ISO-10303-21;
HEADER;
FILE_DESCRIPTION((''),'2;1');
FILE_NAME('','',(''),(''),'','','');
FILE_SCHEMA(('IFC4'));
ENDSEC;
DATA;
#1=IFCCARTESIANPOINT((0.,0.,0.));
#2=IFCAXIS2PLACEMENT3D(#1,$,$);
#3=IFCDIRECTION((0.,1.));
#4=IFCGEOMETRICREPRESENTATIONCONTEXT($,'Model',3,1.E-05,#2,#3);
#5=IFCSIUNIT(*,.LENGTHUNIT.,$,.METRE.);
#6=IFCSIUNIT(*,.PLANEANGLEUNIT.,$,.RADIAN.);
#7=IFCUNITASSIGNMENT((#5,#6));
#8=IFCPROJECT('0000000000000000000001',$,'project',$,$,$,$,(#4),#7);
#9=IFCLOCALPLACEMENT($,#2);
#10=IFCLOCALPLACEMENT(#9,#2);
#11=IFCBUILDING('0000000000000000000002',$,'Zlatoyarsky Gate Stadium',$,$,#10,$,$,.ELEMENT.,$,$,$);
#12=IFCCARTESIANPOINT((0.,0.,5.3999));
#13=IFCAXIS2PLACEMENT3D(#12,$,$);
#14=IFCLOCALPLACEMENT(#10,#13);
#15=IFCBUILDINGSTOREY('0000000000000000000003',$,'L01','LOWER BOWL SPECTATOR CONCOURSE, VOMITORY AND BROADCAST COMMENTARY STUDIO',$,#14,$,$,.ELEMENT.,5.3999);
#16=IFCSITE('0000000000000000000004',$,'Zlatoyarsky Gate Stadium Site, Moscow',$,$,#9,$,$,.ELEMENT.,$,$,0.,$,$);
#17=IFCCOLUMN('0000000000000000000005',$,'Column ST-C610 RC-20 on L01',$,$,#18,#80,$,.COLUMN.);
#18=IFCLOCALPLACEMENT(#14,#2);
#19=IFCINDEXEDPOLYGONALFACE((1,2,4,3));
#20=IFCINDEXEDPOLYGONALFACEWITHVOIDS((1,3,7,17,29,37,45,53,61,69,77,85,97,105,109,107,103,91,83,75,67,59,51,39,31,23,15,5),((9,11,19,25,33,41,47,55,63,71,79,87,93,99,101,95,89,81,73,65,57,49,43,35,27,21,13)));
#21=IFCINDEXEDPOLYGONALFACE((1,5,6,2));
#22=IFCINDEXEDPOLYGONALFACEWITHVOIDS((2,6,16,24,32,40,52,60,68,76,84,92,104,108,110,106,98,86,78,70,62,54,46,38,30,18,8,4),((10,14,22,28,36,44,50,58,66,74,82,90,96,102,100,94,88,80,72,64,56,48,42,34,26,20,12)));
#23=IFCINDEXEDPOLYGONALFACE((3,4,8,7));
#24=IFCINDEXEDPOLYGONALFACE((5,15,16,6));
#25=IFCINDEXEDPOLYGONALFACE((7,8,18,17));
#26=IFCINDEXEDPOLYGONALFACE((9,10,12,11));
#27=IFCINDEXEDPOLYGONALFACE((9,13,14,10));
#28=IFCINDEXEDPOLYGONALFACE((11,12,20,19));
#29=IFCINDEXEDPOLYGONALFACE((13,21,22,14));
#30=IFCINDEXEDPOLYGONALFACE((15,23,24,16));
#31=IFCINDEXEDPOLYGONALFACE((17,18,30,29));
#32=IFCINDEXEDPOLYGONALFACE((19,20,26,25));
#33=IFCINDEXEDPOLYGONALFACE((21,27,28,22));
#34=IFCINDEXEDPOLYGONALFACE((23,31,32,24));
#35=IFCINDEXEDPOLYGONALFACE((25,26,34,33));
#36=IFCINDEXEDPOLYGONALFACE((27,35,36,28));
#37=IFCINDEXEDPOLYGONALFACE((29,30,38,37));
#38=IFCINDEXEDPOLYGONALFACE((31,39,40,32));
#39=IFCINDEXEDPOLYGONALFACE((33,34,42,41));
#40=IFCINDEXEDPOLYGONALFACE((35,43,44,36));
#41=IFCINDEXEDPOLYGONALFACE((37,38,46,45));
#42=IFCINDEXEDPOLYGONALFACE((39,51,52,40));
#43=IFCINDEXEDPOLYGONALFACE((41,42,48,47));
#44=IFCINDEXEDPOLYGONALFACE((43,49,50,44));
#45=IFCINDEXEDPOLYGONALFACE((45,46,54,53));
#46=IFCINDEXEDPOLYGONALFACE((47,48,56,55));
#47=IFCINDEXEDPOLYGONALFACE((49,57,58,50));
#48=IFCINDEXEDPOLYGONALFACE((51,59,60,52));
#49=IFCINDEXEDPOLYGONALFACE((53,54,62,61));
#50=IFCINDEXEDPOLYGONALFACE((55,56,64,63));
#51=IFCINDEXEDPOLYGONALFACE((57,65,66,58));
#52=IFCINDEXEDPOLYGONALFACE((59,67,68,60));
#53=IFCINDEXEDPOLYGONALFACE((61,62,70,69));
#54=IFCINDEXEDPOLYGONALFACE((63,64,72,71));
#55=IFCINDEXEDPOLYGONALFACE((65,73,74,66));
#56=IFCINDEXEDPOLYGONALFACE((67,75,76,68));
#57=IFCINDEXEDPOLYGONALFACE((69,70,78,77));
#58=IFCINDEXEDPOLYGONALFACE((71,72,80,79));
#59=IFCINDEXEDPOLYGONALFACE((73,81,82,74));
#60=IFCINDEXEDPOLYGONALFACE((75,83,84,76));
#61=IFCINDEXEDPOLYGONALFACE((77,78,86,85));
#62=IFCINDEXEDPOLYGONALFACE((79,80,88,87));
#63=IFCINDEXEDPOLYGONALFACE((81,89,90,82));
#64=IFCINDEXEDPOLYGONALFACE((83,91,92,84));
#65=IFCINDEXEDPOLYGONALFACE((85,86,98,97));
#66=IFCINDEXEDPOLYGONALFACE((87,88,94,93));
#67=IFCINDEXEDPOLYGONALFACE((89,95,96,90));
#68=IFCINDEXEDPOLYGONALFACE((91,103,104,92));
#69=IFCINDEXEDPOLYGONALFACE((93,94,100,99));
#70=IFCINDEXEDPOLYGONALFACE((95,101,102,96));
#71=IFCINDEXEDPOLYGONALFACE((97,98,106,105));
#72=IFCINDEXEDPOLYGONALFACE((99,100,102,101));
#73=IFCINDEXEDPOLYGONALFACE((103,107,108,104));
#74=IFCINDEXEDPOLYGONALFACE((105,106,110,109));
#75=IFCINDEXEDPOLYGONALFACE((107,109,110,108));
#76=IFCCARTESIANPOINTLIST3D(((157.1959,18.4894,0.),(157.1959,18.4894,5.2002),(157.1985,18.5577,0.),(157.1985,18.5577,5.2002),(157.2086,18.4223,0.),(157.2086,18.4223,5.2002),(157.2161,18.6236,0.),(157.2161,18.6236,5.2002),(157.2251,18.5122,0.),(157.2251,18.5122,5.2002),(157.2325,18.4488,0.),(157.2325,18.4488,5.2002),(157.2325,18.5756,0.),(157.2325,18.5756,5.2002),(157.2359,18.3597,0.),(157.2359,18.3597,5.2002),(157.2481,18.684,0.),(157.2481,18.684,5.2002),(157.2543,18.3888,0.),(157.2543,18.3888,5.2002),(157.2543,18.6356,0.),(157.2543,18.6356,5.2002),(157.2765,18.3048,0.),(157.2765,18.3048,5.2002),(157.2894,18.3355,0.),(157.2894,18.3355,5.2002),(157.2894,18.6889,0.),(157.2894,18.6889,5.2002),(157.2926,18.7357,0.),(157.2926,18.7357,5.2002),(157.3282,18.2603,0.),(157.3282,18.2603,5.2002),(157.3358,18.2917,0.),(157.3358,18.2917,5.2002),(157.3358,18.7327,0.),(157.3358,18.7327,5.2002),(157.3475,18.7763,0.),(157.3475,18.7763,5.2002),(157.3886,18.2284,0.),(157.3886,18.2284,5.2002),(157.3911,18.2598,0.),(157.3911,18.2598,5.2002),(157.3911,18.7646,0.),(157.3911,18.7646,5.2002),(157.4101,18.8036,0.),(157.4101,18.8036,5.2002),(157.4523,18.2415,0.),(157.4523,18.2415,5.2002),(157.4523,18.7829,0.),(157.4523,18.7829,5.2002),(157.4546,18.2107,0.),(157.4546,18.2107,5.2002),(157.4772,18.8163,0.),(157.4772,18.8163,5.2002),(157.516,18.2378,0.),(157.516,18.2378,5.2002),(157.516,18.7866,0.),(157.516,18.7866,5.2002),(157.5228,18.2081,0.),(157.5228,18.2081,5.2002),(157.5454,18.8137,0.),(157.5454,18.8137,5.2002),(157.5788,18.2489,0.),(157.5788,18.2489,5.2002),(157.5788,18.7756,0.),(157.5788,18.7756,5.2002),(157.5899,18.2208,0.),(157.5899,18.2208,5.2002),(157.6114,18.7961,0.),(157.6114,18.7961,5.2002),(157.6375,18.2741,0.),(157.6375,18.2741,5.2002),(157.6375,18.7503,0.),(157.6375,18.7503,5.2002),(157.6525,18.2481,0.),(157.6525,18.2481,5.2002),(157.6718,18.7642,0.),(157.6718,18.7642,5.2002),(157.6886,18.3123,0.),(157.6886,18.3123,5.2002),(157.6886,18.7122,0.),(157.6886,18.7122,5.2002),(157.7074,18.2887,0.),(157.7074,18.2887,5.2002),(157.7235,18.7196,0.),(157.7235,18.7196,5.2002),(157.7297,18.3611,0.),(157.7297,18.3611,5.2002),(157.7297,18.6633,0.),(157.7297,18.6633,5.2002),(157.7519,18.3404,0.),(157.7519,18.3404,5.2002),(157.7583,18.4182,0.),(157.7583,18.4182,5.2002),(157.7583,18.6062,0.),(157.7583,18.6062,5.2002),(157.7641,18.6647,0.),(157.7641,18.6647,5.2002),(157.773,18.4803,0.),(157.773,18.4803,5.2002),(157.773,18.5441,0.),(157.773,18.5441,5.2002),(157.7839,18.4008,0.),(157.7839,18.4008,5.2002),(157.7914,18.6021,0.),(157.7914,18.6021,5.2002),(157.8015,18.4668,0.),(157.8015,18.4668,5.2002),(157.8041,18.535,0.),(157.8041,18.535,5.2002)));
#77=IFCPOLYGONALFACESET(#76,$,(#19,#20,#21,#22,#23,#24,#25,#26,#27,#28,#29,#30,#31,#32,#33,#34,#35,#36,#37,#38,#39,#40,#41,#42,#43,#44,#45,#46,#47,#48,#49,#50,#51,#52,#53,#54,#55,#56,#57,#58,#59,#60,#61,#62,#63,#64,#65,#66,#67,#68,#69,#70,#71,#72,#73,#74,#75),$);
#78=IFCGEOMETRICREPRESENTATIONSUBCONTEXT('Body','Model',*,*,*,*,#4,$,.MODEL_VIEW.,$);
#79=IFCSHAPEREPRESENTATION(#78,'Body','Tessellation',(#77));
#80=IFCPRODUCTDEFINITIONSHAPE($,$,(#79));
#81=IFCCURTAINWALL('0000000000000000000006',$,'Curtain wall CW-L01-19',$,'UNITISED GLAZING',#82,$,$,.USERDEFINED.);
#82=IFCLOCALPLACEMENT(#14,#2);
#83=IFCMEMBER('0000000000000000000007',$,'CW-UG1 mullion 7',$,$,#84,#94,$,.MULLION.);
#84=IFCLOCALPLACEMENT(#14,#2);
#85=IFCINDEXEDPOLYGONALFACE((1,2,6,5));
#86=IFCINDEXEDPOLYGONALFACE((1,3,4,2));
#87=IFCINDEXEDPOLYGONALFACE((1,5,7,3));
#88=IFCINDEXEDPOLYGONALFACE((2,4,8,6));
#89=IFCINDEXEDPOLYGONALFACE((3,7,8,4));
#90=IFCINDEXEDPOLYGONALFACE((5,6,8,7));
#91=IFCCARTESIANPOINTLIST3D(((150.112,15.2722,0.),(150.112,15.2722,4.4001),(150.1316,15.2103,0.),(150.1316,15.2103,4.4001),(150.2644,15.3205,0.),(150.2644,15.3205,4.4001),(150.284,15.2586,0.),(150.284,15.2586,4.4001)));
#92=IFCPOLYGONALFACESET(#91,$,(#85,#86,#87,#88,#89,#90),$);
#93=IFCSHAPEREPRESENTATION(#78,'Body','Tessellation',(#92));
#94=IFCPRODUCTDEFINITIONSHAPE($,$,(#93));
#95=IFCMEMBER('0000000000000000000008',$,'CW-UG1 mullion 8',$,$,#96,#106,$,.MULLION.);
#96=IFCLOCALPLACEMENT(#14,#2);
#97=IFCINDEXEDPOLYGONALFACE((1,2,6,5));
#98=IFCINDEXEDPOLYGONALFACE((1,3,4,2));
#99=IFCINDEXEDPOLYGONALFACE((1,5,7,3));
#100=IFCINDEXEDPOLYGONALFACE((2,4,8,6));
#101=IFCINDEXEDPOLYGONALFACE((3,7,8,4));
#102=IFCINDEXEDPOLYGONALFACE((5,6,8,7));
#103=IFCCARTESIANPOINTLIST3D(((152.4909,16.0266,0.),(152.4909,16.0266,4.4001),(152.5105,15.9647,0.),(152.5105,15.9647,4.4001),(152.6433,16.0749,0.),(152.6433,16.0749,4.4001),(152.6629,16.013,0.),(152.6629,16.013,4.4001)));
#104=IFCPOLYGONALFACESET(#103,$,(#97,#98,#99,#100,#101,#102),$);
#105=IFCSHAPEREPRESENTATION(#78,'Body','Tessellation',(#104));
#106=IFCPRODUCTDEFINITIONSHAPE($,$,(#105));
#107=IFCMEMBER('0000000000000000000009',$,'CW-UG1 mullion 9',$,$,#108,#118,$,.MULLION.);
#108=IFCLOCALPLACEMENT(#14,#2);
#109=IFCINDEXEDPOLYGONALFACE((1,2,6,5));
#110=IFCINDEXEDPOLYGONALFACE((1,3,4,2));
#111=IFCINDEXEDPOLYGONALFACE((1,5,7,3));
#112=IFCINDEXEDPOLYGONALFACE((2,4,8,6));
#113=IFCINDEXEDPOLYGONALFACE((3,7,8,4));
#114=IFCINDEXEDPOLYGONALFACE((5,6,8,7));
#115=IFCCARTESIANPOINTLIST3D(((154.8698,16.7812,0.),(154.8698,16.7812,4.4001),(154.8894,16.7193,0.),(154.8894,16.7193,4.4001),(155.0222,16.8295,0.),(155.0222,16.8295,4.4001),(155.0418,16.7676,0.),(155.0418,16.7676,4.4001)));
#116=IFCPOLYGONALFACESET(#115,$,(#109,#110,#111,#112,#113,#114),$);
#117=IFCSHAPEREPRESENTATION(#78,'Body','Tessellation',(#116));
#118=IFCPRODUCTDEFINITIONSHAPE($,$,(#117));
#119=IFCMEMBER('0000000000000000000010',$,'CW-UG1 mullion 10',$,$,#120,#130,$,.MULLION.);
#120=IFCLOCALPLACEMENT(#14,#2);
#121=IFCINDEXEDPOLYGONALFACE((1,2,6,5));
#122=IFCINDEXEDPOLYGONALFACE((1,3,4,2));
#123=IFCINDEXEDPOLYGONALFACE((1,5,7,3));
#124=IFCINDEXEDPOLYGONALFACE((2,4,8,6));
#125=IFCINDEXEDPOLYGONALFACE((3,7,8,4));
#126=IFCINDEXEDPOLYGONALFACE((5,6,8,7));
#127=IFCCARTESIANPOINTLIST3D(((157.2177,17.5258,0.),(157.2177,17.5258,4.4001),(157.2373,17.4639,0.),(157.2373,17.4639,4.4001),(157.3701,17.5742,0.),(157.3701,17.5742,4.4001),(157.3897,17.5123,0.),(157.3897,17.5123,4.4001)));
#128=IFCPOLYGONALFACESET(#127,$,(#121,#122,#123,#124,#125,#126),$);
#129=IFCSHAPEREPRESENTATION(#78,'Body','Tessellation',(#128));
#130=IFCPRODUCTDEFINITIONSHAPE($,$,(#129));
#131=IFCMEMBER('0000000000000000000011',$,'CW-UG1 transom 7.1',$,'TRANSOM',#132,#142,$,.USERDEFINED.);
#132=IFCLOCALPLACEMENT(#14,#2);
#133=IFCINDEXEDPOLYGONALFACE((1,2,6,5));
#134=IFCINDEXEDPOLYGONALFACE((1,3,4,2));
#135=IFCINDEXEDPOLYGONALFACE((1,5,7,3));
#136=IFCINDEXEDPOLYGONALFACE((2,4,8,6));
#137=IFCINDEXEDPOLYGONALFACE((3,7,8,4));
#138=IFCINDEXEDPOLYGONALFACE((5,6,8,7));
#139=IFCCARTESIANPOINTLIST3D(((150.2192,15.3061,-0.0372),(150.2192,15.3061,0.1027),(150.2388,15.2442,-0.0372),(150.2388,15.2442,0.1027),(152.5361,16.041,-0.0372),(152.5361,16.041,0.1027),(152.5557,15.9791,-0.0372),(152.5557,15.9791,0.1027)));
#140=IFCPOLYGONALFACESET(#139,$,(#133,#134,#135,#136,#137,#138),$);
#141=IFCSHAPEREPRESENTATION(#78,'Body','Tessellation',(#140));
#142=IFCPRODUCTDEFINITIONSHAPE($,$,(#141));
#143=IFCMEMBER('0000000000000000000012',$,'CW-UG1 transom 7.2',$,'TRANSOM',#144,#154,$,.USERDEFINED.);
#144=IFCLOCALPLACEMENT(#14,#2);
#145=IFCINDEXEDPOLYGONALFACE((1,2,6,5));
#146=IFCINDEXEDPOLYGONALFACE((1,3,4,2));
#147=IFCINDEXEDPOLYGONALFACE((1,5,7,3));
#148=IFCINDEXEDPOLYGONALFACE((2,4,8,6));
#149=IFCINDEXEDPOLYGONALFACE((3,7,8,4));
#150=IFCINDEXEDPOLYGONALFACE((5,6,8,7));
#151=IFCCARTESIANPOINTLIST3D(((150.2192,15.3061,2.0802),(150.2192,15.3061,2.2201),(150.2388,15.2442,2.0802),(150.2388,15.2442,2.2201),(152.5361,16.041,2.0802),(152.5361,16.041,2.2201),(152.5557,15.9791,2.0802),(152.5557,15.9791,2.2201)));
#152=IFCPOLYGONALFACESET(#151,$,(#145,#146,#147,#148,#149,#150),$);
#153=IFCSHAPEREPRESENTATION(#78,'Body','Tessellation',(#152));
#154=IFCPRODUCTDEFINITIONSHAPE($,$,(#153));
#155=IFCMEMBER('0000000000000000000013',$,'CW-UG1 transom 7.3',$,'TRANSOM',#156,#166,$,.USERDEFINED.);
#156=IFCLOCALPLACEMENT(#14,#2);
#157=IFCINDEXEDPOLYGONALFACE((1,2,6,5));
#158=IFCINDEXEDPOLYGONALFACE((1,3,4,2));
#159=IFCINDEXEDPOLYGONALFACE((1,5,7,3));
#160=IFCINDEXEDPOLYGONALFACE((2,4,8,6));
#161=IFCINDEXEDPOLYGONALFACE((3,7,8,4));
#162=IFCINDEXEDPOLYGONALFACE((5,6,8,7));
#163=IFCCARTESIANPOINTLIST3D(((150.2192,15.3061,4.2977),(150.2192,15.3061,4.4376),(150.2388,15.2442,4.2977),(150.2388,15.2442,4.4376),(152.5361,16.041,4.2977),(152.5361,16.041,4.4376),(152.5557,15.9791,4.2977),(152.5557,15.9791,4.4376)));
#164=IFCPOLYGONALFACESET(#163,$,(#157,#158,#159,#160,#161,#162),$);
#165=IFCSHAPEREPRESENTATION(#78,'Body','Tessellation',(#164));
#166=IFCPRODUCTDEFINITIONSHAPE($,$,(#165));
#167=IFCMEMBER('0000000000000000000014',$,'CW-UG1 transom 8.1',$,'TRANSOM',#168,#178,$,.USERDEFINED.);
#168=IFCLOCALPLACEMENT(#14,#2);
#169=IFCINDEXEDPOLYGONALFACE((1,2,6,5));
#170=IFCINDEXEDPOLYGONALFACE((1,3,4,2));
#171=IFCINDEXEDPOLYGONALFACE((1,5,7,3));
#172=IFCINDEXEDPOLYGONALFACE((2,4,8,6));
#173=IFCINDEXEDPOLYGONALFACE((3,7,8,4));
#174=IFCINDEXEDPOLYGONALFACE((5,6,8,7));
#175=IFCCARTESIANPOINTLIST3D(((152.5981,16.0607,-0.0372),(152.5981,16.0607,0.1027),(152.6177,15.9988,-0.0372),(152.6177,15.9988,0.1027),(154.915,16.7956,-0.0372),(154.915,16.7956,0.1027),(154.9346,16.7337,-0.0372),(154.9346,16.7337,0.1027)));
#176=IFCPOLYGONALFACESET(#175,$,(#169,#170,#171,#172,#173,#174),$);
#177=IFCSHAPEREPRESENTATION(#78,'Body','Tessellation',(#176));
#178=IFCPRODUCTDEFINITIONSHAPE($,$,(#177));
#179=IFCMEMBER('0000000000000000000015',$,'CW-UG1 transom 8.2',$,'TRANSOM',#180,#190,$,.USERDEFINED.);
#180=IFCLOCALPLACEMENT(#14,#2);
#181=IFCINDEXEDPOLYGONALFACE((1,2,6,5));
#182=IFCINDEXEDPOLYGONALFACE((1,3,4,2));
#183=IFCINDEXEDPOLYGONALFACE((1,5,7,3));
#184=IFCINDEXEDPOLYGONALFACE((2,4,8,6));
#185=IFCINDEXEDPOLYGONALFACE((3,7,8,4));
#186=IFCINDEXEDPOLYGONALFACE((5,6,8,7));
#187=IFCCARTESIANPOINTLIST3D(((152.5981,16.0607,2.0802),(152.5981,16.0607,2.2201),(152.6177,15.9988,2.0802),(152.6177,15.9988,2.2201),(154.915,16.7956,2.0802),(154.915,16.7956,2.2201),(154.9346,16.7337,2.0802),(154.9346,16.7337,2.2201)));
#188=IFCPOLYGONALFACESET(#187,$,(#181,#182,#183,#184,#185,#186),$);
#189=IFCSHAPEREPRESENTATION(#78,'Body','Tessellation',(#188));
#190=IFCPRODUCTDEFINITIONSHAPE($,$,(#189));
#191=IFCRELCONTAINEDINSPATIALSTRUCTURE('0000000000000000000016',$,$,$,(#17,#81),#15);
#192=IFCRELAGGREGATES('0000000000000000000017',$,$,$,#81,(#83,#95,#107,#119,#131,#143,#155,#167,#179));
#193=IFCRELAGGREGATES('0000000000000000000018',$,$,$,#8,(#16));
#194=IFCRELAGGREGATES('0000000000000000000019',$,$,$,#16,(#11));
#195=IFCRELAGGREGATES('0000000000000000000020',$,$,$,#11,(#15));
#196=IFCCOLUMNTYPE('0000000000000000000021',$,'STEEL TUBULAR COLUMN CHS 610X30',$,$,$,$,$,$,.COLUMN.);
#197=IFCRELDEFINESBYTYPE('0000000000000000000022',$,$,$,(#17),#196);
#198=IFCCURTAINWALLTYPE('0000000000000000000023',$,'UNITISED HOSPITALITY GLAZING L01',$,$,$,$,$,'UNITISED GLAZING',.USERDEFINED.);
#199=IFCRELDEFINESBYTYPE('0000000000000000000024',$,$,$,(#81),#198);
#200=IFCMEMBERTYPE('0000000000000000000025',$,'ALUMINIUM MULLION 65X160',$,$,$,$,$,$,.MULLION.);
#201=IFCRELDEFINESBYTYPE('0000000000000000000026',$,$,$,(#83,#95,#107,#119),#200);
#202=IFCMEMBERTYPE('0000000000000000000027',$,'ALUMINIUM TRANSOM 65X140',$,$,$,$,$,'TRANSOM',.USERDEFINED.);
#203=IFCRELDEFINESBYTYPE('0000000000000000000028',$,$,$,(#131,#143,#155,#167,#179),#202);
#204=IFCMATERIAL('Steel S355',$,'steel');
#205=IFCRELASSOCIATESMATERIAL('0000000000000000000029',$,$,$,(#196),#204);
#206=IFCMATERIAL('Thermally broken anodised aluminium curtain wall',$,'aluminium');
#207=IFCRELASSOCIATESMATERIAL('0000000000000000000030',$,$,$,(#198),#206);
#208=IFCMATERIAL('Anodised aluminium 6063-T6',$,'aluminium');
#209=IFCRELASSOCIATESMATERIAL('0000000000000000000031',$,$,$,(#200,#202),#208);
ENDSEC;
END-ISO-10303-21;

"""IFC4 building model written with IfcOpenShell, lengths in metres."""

from ifc_helpers import new_model, si_unit, direction, frame, origin, origin_2d, place, context, subcontext, project, spatial, rectangle, hollow_circle, extrude, material, material_profile, profile_set, type_object, element, aggregate, save


model = new_model("IFC4")

# Units and contexts
model_context = context("Model", 3, precision=1e-05, world=origin(), true_north=direction((0.0, 1.0)))
body_context = subcontext(model_context, "Body", "Model", "MODEL_VIEW")
ifc_project = project(units=[si_unit("LENGTHUNIT", "METRE"), si_unit("PLANEANGLEUNIT", "RADIAN")], contexts=[model_context])

# Site, building, storey
site_placement = place(None, origin())
site = spatial("IfcSite", under=ifc_project, at=site_placement, Name="Zlatoyarsky Gate Stadium Site, Moscow", CompositionType="ELEMENT", RefElevation=0.0)
building_placement = place(site_placement, origin())
building = spatial("IfcBuilding", under=site, at=building_placement, Name="Zlatoyarsky Gate Stadium", CompositionType="ELEMENT")
storey_placement = place(building_placement, frame((0.0, 0.0, 5.3999)))
storey = spatial("IfcBuildingStorey", under=building, at=storey_placement, Name="L01", Description="LOWER BOWL SPECTATOR CONCOURSE, VOMITORY AND BROADCAST COMMENTARY STUDIO", CompositionType="ELEMENT", Elevation=5.3999)

# Column
ifc_material_1 = material(Name="Steel S355", Category="steel")
ifc_material_profile_1 = material_profile(ifc_material_1, hollow_circle(Radius=0.3049, WallThickness=0.03, at=origin_2d()), Name="CHS 610X30")
ifc_profile_set_1 = profile_set([ifc_material_profile_1], Name="Steel S355")
column_type = type_object("IfcColumnType", Name="STEEL TUBULAR COLUMN CHS 610X30", PredefinedType="COLUMN", material=ifc_profile_set_1)
column_placement = place(storey_placement, frame((157.5, 18.5122, 0.0), z_axis=(0.0, 0.0, 1.0), x_axis=(0.5, -0.866025, 0.0)))
element("IfcColumn", 1, at=column_placement, inside=storey, type_object=column_type, Name="Column ST-C610 RC-20 on L01", PredefinedType="COLUMN", context=body_context, shape_type="SweptSolid", body=[
    extrude(hollow_circle(Radius=0.3049, WallThickness=0.03, at=origin_2d()), origin(), (0.0, 0.0, 1.0), 5.2002),
])

# Curtain wall, members
ifc_material_2 = material(Name="Thermally broken anodised aluminium curtain wall", Category="aluminium")
curtain_wall_type = type_object("IfcCurtainWallType", Name="UNITISED HOSPITALITY GLAZING L01", ElementType="UNITISED GLAZING", PredefinedType="USERDEFINED", material=ifc_material_2)
curtain_wall_placement = place(storey_placement, origin())
curtain_wall = element("IfcCurtainWall", 2, at=curtain_wall_placement, inside=storey, type_object=curtain_wall_type, Name="Curtain wall CW-L01-19", ObjectType="UNITISED GLAZING", PredefinedType="USERDEFINED")
ifc_material_3 = material(Name="Anodised aluminium 6063-T6", Category="aluminium")
ifc_material_profile_2 = material_profile(ifc_material_3, rectangle(XDim=0.0649, YDim=0.1599, at=origin_2d()), Name="ALU 65X160")
ifc_profile_set_2 = profile_set([ifc_material_profile_2], Name="Anodised aluminium 6063-T6")
member_type_1 = type_object("IfcMemberType", Name="ALUMINIUM MULLION 65X160", PredefinedType="MULLION", material=ifc_profile_set_2)
member_1_placement = place(storey_placement, frame((150.198, 15.2654, 0.0), z_axis=(0.0, 0.0, 1.0), x_axis=(-0.302334, 0.953202, 0.0)))
member_1 = element("IfcMember", 3, at=member_1_placement, type_object=member_type_1, Name="CW-UG1 mullion 7", PredefinedType="MULLION", context=body_context, shape_type="SweptSolid", body=[
    extrude(rectangle(XDim=0.0649, YDim=0.1599, at=origin_2d()), origin(), (0.0, 0.0, 1.0), 4.4001),
])
member_2_placement = place(storey_placement, frame((152.5769, 16.0198, 0.0), z_axis=(0.0, 0.0, 1.0), x_axis=(-0.302334, 0.953202, 0.0)))
member_2 = element("IfcMember", 4, at=member_2_placement, type_object=member_type_1, Name="CW-UG1 mullion 8", PredefinedType="MULLION", context=body_context, shape_type="SweptSolid", body=[
    extrude(rectangle(XDim=0.0649, YDim=0.1599, at=origin_2d()), origin(), (0.0, 0.0, 1.0), 4.4001),
])
member_3_placement = place(storey_placement, frame((154.9558, 16.7744, 0.0), z_axis=(0.0, 0.0, 1.0), x_axis=(-0.302334, 0.953202, 0.0)))
member_3 = element("IfcMember", 5, at=member_3_placement, type_object=member_type_1, Name="CW-UG1 mullion 9", PredefinedType="MULLION", context=body_context, shape_type="SweptSolid", body=[
    extrude(rectangle(XDim=0.0649, YDim=0.1599, at=origin_2d()), origin(), (0.0, 0.0, 1.0), 4.4001),
])
member_4_placement = place(storey_placement, frame((157.3037, 17.519, 0.0), z_axis=(0.0, 0.0, 1.0), x_axis=(-0.302334, 0.953202, 0.0)))
member_4 = element("IfcMember", 6, at=member_4_placement, type_object=member_type_1, Name="CW-UG1 mullion 10", PredefinedType="MULLION", context=body_context, shape_type="SweptSolid", body=[
    extrude(rectangle(XDim=0.0649, YDim=0.1599, at=origin_2d()), origin(), (0.0, 0.0, 1.0), 4.4001),
])
ifc_material_profile_3 = material_profile(ifc_material_3, rectangle(XDim=0.0649, YDim=0.1399, at=origin_2d()), Name="ALU 65X140")
ifc_profile_set_3 = profile_set([ifc_material_profile_3], Name="Anodised aluminium 6063-T6")
member_type_2 = type_object("IfcMemberType", Name="ALUMINIUM TRANSOM 65X140", ElementType="TRANSOM", PredefinedType="USERDEFINED", material=ifc_profile_set_3)
member_5_placement = place(storey_placement, frame((150.229, 15.2751, 0.0327), z_axis=(0.953202, 0.302333, 0.0), x_axis=(-0.302333, 0.953202, 0.0)))
member_5 = element("IfcMember", 7, at=member_5_placement, type_object=member_type_2, Name="CW-UG1 transom 7.1", ObjectType="TRANSOM", PredefinedType="USERDEFINED", context=body_context, shape_type="SweptSolid", body=[
    extrude(rectangle(XDim=0.0649, YDim=0.1399, at=origin_2d()), origin(), (0.0, 0.0, 1.0), 2.4307),
])
member_6_placement = place(storey_placement, frame((150.229, 15.2751, 2.1501), z_axis=(0.953202, 0.302333, 0.0), x_axis=(-0.302333, 0.953202, 0.0)))
member_6 = element("IfcMember", 8, at=member_6_placement, type_object=member_type_2, Name="CW-UG1 transom 7.2", ObjectType="TRANSOM", PredefinedType="USERDEFINED", context=body_context, shape_type="SweptSolid", body=[
    extrude(rectangle(XDim=0.0649, YDim=0.1399, at=origin_2d()), origin(), (0.0, 0.0, 1.0), 2.4307),
])
member_7_placement = place(storey_placement, frame((150.229, 15.2751, 4.3677), z_axis=(0.953202, 0.302333, 0.0), x_axis=(-0.302333, 0.953202, 0.0)))
member_7 = element("IfcMember", 9, at=member_7_placement, type_object=member_type_2, Name="CW-UG1 transom 7.3", ObjectType="TRANSOM", PredefinedType="USERDEFINED", context=body_context, shape_type="SweptSolid", body=[
    extrude(rectangle(XDim=0.0649, YDim=0.1399, at=origin_2d()), origin(), (0.0, 0.0, 1.0), 2.4307),
])
member_8_placement = place(storey_placement, frame((152.6079, 16.0298, 0.0327), z_axis=(0.953202, 0.302333, 0.0), x_axis=(-0.302333, 0.953202, 0.0)))
member_8 = element("IfcMember", 10, at=member_8_placement, type_object=member_type_2, Name="CW-UG1 transom 8.1", ObjectType="TRANSOM", PredefinedType="USERDEFINED", context=body_context, shape_type="SweptSolid", body=[
    extrude(rectangle(XDim=0.0649, YDim=0.1399, at=origin_2d()), origin(), (0.0, 0.0, 1.0), 2.4307),
])
member_9_placement = place(storey_placement, frame((152.6079, 16.0298, 2.1501), z_axis=(0.953202, 0.302333, 0.0), x_axis=(-0.302333, 0.953202, 0.0)))
member_9 = element("IfcMember", 11, at=member_9_placement, type_object=member_type_2, Name="CW-UG1 transom 8.2", ObjectType="TRANSOM", PredefinedType="USERDEFINED", context=body_context, shape_type="SweptSolid", body=[
    extrude(rectangle(XDim=0.0649, YDim=0.1399, at=origin_2d()), origin(), (0.0, 0.0, 1.0), 2.4307),
])

aggregate(curtain_wall, [member_1, member_2, member_3, member_4, member_5, member_6, member_7, member_8, member_9])

save(model, "model.ifc")
